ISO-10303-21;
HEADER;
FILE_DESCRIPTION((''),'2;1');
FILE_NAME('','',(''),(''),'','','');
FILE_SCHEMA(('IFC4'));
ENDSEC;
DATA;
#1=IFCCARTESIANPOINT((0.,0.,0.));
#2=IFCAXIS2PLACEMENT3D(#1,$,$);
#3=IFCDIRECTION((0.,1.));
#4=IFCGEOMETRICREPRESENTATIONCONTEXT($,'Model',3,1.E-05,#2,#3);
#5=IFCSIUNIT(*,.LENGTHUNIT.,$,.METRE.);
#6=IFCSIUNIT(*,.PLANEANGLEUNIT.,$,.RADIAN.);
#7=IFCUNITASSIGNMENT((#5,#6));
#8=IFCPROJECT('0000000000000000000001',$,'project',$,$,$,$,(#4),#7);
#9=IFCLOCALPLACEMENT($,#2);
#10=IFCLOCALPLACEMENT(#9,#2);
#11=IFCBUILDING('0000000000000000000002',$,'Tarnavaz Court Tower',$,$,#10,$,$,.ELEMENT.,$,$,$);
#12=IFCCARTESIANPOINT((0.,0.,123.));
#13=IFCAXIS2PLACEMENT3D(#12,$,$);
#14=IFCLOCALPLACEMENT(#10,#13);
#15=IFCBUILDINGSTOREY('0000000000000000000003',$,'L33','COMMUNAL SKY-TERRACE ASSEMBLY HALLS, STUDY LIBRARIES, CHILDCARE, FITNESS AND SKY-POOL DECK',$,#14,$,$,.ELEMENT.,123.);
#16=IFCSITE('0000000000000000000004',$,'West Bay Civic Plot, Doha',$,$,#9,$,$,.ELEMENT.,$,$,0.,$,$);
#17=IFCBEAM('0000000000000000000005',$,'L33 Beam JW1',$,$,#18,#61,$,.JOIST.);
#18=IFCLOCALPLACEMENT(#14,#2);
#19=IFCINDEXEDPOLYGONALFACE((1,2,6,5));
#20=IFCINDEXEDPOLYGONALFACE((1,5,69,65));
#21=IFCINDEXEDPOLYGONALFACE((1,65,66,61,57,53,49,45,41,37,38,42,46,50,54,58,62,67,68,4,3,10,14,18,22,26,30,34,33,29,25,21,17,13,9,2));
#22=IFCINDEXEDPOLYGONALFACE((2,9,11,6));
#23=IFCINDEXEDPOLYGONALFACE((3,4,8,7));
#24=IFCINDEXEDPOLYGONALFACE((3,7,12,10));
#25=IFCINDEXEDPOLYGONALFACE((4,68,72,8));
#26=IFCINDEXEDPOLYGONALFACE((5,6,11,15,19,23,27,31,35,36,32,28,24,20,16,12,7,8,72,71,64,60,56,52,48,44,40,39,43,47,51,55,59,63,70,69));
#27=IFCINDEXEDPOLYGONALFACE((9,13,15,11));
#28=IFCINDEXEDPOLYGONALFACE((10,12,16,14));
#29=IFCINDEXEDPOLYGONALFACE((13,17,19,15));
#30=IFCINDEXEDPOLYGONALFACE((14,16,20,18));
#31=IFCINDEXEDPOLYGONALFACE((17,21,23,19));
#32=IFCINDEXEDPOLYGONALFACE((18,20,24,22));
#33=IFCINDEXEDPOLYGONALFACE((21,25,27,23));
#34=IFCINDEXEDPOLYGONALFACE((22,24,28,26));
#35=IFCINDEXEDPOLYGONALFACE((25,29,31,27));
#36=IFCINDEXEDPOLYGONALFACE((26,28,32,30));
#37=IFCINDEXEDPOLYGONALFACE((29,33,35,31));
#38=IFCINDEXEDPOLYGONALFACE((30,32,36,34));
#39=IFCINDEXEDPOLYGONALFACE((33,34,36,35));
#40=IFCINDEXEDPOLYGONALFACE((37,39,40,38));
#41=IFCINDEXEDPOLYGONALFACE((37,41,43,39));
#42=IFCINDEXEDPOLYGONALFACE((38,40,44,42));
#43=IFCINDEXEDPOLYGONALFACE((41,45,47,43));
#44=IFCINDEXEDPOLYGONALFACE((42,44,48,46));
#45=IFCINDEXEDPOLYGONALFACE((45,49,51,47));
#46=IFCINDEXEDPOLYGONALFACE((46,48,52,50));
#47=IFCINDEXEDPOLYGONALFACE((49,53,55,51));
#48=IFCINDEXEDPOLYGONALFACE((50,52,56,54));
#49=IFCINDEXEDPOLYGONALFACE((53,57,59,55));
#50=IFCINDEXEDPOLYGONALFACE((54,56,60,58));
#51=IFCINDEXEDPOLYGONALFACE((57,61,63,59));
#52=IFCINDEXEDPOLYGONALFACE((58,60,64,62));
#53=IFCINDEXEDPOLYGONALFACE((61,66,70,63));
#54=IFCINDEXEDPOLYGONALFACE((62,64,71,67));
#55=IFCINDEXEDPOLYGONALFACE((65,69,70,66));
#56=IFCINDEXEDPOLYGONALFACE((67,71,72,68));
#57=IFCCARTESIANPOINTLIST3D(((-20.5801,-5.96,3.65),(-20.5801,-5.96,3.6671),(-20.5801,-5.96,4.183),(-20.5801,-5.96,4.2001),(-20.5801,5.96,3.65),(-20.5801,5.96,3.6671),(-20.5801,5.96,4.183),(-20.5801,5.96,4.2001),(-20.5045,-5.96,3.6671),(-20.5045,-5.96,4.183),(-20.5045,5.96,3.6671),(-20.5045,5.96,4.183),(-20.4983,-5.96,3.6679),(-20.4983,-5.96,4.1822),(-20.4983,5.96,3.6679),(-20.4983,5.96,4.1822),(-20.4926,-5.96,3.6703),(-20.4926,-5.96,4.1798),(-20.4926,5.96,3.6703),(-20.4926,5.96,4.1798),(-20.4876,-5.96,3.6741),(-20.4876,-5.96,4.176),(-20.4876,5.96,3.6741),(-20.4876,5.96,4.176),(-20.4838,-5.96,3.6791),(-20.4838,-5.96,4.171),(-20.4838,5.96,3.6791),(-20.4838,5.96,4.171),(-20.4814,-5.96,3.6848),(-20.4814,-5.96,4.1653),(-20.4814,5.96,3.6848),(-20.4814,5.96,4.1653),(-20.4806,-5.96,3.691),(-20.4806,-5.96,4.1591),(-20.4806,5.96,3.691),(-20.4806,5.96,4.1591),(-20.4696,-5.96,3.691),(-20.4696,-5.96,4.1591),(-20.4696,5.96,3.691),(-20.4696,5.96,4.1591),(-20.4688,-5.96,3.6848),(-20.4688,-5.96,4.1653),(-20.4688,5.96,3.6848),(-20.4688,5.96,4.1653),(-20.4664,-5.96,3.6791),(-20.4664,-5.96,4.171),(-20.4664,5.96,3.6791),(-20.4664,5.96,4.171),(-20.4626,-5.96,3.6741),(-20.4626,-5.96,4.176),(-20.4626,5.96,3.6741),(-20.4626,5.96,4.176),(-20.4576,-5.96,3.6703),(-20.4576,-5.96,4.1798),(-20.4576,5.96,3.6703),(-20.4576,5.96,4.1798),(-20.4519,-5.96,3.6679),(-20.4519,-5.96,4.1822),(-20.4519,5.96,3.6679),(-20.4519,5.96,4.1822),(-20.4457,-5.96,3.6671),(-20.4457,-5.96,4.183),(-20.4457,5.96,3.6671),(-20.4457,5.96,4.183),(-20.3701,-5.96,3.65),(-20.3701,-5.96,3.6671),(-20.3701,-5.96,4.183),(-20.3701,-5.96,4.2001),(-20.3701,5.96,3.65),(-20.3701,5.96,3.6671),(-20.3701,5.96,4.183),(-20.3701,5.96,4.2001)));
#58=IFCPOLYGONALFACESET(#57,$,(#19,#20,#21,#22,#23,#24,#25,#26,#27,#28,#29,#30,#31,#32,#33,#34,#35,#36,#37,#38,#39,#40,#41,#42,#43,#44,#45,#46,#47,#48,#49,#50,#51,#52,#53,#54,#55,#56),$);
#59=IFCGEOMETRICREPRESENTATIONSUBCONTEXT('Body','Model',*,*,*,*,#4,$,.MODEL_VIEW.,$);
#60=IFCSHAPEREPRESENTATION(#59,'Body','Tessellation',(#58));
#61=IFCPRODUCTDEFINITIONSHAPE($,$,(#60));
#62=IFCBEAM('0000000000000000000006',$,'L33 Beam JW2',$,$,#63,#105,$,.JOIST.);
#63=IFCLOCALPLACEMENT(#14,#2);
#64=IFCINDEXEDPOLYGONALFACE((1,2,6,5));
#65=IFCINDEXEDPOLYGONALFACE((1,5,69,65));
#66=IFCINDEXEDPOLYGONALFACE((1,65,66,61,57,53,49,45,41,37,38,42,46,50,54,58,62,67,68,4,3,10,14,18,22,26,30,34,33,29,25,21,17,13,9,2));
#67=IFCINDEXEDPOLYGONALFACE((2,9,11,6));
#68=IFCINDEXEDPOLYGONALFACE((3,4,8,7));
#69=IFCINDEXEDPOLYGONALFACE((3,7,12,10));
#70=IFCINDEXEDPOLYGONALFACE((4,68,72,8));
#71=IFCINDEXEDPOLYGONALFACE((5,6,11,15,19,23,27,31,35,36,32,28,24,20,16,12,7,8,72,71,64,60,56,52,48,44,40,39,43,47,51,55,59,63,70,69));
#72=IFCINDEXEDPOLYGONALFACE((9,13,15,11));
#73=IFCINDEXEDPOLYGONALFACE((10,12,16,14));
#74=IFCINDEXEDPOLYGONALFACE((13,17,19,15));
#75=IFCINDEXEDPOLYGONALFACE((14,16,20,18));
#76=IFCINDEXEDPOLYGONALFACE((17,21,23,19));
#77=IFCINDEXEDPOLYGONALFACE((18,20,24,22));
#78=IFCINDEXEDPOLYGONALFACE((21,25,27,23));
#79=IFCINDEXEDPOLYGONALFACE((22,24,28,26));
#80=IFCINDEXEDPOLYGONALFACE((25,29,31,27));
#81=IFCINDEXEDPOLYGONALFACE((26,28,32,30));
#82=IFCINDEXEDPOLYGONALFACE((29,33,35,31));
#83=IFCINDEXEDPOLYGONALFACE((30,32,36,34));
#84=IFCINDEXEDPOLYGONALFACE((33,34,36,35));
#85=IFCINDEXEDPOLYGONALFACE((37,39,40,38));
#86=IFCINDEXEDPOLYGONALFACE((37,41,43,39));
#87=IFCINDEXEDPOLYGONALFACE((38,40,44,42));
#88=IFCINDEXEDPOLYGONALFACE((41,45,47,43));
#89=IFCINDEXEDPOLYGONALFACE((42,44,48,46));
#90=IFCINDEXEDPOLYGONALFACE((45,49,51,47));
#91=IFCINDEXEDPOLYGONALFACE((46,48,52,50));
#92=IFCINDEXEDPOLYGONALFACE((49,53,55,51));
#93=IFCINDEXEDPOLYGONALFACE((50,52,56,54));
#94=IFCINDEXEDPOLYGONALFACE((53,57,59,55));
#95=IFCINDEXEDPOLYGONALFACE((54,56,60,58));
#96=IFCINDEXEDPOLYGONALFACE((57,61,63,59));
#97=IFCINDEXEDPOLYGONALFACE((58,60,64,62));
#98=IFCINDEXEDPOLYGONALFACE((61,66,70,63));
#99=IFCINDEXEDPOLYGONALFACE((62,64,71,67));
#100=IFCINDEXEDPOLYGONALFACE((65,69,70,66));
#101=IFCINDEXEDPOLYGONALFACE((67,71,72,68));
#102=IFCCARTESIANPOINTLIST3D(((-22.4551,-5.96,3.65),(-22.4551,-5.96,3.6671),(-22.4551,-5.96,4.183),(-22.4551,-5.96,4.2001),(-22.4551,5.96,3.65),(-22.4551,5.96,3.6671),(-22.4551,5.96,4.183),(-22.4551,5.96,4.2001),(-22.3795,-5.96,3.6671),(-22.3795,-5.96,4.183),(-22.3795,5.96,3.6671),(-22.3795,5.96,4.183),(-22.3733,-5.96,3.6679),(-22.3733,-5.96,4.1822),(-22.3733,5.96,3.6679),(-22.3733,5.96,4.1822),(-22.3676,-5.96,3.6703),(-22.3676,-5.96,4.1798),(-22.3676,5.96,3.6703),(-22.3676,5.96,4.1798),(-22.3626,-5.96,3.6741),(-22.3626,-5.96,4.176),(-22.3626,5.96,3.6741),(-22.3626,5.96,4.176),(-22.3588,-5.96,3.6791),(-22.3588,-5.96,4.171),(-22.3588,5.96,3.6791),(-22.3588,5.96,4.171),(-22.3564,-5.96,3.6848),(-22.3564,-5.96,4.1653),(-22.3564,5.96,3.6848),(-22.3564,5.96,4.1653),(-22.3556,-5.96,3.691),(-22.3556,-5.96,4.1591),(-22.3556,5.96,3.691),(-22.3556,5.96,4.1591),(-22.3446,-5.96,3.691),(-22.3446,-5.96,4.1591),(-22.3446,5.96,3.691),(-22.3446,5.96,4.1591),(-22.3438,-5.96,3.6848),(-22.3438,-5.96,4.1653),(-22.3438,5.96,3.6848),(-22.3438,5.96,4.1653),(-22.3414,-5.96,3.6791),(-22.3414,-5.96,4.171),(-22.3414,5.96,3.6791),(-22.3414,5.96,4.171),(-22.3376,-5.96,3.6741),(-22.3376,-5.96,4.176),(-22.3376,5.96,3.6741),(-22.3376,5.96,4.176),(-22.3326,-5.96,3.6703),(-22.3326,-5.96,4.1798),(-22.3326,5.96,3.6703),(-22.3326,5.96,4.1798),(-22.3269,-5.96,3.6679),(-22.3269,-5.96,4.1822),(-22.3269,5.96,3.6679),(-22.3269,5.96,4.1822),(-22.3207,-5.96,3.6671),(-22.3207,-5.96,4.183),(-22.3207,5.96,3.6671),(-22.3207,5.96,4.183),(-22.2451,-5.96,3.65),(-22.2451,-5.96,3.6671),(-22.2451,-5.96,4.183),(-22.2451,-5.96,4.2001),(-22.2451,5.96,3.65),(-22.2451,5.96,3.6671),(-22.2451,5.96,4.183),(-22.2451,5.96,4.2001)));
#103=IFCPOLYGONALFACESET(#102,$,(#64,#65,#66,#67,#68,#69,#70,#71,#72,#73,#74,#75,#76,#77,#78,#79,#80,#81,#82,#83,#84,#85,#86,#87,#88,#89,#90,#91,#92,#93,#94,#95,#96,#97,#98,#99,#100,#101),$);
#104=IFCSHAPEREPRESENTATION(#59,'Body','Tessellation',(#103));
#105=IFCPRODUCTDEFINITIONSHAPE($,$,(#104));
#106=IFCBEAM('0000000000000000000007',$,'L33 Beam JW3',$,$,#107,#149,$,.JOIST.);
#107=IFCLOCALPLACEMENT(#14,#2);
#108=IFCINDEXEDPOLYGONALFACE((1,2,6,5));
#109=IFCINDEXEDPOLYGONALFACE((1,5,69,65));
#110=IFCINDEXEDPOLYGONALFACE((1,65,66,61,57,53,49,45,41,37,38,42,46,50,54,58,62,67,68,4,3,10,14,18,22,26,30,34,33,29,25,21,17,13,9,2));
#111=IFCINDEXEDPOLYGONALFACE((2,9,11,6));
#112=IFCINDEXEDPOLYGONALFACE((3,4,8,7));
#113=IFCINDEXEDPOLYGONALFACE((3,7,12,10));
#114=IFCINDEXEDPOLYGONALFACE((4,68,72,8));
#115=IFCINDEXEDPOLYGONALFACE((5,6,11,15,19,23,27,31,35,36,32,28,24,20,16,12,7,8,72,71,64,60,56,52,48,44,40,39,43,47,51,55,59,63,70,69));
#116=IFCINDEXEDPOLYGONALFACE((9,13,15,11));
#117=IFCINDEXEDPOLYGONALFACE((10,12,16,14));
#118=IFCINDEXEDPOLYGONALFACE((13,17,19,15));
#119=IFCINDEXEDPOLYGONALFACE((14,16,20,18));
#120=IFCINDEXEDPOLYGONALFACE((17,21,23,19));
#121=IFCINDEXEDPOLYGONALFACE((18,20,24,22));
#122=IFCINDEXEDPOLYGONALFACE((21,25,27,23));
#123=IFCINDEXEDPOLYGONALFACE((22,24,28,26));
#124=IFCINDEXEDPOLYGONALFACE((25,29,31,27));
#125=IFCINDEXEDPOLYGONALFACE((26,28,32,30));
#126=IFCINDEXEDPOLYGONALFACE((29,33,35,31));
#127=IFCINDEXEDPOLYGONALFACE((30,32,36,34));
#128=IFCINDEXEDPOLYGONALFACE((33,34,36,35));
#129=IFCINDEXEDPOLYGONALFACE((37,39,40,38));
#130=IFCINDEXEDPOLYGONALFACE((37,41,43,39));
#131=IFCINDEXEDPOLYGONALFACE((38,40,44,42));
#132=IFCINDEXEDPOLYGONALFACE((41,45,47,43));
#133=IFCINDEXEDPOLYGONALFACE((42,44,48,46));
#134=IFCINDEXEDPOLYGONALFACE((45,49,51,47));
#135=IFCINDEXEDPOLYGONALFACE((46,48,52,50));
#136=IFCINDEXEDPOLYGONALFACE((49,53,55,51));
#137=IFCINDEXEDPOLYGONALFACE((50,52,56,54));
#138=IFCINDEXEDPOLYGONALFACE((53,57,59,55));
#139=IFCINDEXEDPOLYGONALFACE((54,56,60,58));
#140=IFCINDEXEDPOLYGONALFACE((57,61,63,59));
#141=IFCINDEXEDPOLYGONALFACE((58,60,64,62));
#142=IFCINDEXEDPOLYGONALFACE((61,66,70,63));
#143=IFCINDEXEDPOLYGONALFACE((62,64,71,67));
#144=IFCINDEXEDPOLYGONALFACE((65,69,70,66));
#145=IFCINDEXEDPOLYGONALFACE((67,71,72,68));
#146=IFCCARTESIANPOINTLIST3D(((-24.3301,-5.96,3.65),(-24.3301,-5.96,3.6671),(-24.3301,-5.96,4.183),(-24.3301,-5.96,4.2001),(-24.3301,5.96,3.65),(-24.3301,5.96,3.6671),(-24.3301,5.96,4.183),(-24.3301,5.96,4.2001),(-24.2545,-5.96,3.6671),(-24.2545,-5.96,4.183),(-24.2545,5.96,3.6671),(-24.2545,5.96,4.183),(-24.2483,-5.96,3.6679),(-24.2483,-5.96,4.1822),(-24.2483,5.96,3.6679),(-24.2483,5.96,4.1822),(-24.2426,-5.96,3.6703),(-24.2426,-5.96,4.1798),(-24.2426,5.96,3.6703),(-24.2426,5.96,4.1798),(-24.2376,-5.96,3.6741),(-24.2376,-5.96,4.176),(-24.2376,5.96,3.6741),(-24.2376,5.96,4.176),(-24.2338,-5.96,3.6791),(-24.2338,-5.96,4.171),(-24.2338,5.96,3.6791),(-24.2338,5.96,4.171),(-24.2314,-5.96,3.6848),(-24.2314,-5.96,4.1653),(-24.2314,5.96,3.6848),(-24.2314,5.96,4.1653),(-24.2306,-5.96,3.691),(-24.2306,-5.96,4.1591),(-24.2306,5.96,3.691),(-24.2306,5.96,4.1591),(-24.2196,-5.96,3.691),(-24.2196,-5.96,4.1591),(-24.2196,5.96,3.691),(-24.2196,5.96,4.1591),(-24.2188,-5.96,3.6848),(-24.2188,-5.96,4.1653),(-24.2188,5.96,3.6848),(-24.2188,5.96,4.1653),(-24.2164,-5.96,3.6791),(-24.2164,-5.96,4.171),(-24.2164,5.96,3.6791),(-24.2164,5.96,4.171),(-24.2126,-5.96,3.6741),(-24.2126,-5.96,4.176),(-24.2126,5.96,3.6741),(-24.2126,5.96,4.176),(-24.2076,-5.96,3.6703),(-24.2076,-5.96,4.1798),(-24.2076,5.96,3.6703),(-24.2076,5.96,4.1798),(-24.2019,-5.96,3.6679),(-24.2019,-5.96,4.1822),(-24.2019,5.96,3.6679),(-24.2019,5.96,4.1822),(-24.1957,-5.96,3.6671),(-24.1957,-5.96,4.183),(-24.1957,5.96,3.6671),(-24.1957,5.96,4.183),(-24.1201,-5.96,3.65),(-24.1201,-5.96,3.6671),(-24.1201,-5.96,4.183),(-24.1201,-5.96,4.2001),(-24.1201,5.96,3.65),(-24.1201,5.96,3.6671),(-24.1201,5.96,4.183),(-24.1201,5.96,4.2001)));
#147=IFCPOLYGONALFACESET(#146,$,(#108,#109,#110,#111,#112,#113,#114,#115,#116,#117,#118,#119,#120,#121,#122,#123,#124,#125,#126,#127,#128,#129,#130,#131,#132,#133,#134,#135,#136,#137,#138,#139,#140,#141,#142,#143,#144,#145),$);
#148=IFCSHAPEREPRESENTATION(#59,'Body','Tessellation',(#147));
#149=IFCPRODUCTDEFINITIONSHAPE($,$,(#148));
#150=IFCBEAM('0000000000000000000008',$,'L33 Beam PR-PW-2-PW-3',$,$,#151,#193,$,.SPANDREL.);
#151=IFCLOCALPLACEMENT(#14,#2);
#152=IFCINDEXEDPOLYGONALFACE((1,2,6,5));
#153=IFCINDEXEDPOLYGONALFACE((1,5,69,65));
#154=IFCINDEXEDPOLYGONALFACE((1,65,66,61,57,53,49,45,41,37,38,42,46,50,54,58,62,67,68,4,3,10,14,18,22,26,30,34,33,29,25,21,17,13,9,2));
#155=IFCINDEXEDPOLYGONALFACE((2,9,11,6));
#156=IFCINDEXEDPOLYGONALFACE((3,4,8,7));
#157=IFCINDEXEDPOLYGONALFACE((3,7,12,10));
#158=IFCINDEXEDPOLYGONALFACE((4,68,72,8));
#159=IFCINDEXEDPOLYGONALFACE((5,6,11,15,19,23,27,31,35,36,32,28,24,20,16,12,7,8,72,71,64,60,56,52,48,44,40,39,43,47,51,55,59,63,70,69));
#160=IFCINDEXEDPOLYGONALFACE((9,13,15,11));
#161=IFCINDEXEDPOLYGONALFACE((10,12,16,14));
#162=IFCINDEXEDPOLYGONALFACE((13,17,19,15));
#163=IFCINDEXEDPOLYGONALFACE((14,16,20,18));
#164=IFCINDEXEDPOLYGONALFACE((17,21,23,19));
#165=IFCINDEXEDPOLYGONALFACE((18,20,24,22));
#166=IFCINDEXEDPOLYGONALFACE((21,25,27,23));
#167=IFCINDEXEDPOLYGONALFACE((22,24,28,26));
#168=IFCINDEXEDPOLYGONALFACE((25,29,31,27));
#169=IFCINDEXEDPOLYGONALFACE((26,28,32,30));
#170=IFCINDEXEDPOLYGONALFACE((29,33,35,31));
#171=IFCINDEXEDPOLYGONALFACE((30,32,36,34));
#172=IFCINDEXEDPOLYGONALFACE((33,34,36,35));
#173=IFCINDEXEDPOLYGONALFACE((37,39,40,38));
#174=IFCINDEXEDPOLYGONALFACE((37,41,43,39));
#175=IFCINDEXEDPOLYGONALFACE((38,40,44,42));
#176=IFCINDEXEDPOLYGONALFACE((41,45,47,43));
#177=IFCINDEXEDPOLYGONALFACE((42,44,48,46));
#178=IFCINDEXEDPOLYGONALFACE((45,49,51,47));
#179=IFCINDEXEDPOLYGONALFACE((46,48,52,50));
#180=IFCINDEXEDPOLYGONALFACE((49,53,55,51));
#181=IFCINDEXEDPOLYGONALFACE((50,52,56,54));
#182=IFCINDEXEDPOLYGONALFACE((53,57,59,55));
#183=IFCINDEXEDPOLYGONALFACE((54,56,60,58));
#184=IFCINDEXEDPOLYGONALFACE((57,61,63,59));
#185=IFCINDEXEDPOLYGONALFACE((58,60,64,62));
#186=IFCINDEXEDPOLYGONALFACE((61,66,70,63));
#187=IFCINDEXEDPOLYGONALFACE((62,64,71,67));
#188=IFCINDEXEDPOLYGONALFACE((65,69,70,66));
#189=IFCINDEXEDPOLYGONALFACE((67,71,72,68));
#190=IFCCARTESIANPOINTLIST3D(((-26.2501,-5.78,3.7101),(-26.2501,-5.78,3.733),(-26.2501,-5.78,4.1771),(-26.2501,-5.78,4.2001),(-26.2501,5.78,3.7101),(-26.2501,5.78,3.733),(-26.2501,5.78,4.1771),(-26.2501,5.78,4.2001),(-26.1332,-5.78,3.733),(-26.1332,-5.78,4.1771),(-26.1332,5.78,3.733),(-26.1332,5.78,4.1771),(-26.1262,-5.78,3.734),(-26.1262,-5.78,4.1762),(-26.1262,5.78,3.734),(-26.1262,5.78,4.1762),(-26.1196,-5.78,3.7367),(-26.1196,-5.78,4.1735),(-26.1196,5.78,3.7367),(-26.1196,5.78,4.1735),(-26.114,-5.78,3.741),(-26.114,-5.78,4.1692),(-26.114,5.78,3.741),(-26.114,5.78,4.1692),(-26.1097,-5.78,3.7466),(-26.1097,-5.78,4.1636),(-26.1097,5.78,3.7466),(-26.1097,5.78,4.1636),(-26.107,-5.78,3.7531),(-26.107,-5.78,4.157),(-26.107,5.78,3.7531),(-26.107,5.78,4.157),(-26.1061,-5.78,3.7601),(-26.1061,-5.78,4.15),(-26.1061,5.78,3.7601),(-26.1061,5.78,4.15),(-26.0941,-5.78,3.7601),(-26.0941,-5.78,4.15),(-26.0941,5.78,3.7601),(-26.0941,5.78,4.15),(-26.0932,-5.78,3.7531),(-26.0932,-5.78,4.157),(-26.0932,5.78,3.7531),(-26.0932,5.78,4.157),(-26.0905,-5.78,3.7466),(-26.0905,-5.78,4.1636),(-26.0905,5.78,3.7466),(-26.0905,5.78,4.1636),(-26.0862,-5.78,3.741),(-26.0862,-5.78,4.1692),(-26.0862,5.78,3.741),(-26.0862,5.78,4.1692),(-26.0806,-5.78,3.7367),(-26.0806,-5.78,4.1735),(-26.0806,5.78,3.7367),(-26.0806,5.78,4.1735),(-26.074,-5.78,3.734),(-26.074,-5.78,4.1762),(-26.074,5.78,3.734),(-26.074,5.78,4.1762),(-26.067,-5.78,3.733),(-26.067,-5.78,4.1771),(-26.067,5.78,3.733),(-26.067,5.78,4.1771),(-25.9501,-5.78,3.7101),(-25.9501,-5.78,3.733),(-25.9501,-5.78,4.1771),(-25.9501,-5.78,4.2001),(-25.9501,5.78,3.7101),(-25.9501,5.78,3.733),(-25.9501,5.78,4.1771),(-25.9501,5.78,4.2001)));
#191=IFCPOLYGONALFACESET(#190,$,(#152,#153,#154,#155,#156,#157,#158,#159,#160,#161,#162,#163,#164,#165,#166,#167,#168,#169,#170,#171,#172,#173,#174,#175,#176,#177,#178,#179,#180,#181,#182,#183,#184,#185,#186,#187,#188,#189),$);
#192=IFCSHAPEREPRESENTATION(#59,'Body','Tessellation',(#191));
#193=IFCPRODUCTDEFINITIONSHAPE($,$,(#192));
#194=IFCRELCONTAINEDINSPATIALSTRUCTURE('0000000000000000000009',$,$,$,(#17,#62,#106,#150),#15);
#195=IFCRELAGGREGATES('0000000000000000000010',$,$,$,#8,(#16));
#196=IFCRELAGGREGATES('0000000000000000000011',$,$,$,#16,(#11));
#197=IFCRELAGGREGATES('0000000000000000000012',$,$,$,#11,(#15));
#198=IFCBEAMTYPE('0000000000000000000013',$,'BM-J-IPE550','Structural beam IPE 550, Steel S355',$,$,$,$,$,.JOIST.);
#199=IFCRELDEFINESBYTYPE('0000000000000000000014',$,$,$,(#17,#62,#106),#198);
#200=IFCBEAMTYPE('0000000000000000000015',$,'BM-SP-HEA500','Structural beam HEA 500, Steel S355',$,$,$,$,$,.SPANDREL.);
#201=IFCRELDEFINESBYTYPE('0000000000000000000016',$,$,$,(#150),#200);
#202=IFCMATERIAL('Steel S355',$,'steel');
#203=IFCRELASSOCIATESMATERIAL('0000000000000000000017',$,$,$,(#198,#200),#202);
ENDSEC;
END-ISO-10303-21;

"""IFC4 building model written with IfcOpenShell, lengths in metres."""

from ifc_helpers import new_model, si_unit, direction, frame, origin, origin_2d, place, context, subcontext, project, spatial, i_section, extrude, material, material_profile, profile_set, type_object, element, save


model = new_model("IFC4")

# Units and contexts
model_context = context("Model", 3, precision=1e-05, world=origin(), true_north=direction((0.0, 1.0)))
body_context = subcontext(model_context, "Body", "Model", "MODEL_VIEW")
ifc_project = project(units=[si_unit("LENGTHUNIT", "METRE"), si_unit("PLANEANGLEUNIT", "RADIAN")], contexts=[model_context])

# Site, building, storey
site_placement = place(None, origin())
site = spatial("IfcSite", under=ifc_project, at=site_placement, Name="West Bay Civic Plot, Doha", CompositionType="ELEMENT", RefElevation=0.0)
building_placement = place(site_placement, origin())
building = spatial("IfcBuilding", under=site, at=building_placement, Name="Tarnavaz Court Tower", CompositionType="ELEMENT")
storey_placement = place(building_placement, frame((0.0, 0.0, 123.0)))
storey = spatial("IfcBuildingStorey", under=building, at=storey_placement, Name="L33", Description="COMMUNAL SKY-TERRACE ASSEMBLY HALLS, STUDY LIBRARIES, CHILDCARE, FITNESS AND SKY-POOL DECK", CompositionType="ELEMENT", Elevation=123.0)

# Beams
ifc_material_1 = material(Name="Steel S355", Category="steel")
ifc_material_profile_1 = material_profile(ifc_material_1, i_section(OverallWidth=0.21, OverallDepth=0.55, WebThickness=0.011, FlangeThickness=0.0171, FilletRadius=0.0239, at=origin_2d()), Name="IPE 550")
ifc_profile_set_1 = profile_set([ifc_material_profile_1], Name="Steel S355")
beam_type_1 = type_object("IfcBeamType", Name="BM-J-IPE550", Description="Structural beam IPE 550, Steel S355", PredefinedType="JOIST", material=ifc_profile_set_1)
for number, where, z_axis, x_axis, name in (
    (1, (-20.4751, -5.96, 3.925), (0.0, 1.0, 0.0), (-1.0, 0.0, 0.0), "L33 Beam JW1"),
    (2, (-22.3501, -5.96, 3.925), (0.0, 1.0, 0.0), (-1.0, 0.0, 0.0), "L33 Beam JW2"),
    (3, (-24.2251, -5.96, 3.925), (0.0, 1.0, 0.0), (-1.0, 0.0, 0.0), "L33 Beam JW3"),
):
    element("IfcBeam", number, at=place(storey_placement, frame(where, z_axis=z_axis, x_axis=x_axis)), inside=storey, type_object=beam_type_1, Name=name, PredefinedType="JOIST", context=body_context, shape_type="SweptSolid", body=[
        extrude(i_section(OverallWidth=0.21, OverallDepth=0.55, WebThickness=0.011, FlangeThickness=0.0171, FilletRadius=0.0239, at=origin_2d()), origin(), (0.0, 0.0, 1.0), 11.9199),
    ])
ifc_material_profile_2 = material_profile(ifc_material_1, i_section(OverallWidth=0.3, OverallDepth=0.49, WebThickness=0.012, FlangeThickness=0.0229, FilletRadius=0.0271, at=origin_2d()), Name="HEA 500")
ifc_profile_set_2 = profile_set([ifc_material_profile_2], Name="Steel S355")
beam_type_2 = type_object("IfcBeamType", Name="BM-SP-HEA500", Description="Structural beam HEA 500, Steel S355", PredefinedType="SPANDREL", material=ifc_profile_set_2)
beam_1_placement = place(storey_placement, frame((-26.1001, -5.78, 3.9551), z_axis=(0.0, 1.0, 0.0), x_axis=(-1.0, 0.0, 0.0)))
element("IfcBeam", 4, at=beam_1_placement, inside=storey, type_object=beam_type_2, Name="L33 Beam PR-PW-2-PW-3", PredefinedType="SPANDREL", context=body_context, shape_type="SweptSolid", body=[
    extrude(i_section(OverallWidth=0.3, OverallDepth=0.49, WebThickness=0.012, FlangeThickness=0.0229, FilletRadius=0.0271, at=origin_2d()), origin(), (0.0, 0.0, 1.0), 11.5601),
])

save(model, "model.ifc")
